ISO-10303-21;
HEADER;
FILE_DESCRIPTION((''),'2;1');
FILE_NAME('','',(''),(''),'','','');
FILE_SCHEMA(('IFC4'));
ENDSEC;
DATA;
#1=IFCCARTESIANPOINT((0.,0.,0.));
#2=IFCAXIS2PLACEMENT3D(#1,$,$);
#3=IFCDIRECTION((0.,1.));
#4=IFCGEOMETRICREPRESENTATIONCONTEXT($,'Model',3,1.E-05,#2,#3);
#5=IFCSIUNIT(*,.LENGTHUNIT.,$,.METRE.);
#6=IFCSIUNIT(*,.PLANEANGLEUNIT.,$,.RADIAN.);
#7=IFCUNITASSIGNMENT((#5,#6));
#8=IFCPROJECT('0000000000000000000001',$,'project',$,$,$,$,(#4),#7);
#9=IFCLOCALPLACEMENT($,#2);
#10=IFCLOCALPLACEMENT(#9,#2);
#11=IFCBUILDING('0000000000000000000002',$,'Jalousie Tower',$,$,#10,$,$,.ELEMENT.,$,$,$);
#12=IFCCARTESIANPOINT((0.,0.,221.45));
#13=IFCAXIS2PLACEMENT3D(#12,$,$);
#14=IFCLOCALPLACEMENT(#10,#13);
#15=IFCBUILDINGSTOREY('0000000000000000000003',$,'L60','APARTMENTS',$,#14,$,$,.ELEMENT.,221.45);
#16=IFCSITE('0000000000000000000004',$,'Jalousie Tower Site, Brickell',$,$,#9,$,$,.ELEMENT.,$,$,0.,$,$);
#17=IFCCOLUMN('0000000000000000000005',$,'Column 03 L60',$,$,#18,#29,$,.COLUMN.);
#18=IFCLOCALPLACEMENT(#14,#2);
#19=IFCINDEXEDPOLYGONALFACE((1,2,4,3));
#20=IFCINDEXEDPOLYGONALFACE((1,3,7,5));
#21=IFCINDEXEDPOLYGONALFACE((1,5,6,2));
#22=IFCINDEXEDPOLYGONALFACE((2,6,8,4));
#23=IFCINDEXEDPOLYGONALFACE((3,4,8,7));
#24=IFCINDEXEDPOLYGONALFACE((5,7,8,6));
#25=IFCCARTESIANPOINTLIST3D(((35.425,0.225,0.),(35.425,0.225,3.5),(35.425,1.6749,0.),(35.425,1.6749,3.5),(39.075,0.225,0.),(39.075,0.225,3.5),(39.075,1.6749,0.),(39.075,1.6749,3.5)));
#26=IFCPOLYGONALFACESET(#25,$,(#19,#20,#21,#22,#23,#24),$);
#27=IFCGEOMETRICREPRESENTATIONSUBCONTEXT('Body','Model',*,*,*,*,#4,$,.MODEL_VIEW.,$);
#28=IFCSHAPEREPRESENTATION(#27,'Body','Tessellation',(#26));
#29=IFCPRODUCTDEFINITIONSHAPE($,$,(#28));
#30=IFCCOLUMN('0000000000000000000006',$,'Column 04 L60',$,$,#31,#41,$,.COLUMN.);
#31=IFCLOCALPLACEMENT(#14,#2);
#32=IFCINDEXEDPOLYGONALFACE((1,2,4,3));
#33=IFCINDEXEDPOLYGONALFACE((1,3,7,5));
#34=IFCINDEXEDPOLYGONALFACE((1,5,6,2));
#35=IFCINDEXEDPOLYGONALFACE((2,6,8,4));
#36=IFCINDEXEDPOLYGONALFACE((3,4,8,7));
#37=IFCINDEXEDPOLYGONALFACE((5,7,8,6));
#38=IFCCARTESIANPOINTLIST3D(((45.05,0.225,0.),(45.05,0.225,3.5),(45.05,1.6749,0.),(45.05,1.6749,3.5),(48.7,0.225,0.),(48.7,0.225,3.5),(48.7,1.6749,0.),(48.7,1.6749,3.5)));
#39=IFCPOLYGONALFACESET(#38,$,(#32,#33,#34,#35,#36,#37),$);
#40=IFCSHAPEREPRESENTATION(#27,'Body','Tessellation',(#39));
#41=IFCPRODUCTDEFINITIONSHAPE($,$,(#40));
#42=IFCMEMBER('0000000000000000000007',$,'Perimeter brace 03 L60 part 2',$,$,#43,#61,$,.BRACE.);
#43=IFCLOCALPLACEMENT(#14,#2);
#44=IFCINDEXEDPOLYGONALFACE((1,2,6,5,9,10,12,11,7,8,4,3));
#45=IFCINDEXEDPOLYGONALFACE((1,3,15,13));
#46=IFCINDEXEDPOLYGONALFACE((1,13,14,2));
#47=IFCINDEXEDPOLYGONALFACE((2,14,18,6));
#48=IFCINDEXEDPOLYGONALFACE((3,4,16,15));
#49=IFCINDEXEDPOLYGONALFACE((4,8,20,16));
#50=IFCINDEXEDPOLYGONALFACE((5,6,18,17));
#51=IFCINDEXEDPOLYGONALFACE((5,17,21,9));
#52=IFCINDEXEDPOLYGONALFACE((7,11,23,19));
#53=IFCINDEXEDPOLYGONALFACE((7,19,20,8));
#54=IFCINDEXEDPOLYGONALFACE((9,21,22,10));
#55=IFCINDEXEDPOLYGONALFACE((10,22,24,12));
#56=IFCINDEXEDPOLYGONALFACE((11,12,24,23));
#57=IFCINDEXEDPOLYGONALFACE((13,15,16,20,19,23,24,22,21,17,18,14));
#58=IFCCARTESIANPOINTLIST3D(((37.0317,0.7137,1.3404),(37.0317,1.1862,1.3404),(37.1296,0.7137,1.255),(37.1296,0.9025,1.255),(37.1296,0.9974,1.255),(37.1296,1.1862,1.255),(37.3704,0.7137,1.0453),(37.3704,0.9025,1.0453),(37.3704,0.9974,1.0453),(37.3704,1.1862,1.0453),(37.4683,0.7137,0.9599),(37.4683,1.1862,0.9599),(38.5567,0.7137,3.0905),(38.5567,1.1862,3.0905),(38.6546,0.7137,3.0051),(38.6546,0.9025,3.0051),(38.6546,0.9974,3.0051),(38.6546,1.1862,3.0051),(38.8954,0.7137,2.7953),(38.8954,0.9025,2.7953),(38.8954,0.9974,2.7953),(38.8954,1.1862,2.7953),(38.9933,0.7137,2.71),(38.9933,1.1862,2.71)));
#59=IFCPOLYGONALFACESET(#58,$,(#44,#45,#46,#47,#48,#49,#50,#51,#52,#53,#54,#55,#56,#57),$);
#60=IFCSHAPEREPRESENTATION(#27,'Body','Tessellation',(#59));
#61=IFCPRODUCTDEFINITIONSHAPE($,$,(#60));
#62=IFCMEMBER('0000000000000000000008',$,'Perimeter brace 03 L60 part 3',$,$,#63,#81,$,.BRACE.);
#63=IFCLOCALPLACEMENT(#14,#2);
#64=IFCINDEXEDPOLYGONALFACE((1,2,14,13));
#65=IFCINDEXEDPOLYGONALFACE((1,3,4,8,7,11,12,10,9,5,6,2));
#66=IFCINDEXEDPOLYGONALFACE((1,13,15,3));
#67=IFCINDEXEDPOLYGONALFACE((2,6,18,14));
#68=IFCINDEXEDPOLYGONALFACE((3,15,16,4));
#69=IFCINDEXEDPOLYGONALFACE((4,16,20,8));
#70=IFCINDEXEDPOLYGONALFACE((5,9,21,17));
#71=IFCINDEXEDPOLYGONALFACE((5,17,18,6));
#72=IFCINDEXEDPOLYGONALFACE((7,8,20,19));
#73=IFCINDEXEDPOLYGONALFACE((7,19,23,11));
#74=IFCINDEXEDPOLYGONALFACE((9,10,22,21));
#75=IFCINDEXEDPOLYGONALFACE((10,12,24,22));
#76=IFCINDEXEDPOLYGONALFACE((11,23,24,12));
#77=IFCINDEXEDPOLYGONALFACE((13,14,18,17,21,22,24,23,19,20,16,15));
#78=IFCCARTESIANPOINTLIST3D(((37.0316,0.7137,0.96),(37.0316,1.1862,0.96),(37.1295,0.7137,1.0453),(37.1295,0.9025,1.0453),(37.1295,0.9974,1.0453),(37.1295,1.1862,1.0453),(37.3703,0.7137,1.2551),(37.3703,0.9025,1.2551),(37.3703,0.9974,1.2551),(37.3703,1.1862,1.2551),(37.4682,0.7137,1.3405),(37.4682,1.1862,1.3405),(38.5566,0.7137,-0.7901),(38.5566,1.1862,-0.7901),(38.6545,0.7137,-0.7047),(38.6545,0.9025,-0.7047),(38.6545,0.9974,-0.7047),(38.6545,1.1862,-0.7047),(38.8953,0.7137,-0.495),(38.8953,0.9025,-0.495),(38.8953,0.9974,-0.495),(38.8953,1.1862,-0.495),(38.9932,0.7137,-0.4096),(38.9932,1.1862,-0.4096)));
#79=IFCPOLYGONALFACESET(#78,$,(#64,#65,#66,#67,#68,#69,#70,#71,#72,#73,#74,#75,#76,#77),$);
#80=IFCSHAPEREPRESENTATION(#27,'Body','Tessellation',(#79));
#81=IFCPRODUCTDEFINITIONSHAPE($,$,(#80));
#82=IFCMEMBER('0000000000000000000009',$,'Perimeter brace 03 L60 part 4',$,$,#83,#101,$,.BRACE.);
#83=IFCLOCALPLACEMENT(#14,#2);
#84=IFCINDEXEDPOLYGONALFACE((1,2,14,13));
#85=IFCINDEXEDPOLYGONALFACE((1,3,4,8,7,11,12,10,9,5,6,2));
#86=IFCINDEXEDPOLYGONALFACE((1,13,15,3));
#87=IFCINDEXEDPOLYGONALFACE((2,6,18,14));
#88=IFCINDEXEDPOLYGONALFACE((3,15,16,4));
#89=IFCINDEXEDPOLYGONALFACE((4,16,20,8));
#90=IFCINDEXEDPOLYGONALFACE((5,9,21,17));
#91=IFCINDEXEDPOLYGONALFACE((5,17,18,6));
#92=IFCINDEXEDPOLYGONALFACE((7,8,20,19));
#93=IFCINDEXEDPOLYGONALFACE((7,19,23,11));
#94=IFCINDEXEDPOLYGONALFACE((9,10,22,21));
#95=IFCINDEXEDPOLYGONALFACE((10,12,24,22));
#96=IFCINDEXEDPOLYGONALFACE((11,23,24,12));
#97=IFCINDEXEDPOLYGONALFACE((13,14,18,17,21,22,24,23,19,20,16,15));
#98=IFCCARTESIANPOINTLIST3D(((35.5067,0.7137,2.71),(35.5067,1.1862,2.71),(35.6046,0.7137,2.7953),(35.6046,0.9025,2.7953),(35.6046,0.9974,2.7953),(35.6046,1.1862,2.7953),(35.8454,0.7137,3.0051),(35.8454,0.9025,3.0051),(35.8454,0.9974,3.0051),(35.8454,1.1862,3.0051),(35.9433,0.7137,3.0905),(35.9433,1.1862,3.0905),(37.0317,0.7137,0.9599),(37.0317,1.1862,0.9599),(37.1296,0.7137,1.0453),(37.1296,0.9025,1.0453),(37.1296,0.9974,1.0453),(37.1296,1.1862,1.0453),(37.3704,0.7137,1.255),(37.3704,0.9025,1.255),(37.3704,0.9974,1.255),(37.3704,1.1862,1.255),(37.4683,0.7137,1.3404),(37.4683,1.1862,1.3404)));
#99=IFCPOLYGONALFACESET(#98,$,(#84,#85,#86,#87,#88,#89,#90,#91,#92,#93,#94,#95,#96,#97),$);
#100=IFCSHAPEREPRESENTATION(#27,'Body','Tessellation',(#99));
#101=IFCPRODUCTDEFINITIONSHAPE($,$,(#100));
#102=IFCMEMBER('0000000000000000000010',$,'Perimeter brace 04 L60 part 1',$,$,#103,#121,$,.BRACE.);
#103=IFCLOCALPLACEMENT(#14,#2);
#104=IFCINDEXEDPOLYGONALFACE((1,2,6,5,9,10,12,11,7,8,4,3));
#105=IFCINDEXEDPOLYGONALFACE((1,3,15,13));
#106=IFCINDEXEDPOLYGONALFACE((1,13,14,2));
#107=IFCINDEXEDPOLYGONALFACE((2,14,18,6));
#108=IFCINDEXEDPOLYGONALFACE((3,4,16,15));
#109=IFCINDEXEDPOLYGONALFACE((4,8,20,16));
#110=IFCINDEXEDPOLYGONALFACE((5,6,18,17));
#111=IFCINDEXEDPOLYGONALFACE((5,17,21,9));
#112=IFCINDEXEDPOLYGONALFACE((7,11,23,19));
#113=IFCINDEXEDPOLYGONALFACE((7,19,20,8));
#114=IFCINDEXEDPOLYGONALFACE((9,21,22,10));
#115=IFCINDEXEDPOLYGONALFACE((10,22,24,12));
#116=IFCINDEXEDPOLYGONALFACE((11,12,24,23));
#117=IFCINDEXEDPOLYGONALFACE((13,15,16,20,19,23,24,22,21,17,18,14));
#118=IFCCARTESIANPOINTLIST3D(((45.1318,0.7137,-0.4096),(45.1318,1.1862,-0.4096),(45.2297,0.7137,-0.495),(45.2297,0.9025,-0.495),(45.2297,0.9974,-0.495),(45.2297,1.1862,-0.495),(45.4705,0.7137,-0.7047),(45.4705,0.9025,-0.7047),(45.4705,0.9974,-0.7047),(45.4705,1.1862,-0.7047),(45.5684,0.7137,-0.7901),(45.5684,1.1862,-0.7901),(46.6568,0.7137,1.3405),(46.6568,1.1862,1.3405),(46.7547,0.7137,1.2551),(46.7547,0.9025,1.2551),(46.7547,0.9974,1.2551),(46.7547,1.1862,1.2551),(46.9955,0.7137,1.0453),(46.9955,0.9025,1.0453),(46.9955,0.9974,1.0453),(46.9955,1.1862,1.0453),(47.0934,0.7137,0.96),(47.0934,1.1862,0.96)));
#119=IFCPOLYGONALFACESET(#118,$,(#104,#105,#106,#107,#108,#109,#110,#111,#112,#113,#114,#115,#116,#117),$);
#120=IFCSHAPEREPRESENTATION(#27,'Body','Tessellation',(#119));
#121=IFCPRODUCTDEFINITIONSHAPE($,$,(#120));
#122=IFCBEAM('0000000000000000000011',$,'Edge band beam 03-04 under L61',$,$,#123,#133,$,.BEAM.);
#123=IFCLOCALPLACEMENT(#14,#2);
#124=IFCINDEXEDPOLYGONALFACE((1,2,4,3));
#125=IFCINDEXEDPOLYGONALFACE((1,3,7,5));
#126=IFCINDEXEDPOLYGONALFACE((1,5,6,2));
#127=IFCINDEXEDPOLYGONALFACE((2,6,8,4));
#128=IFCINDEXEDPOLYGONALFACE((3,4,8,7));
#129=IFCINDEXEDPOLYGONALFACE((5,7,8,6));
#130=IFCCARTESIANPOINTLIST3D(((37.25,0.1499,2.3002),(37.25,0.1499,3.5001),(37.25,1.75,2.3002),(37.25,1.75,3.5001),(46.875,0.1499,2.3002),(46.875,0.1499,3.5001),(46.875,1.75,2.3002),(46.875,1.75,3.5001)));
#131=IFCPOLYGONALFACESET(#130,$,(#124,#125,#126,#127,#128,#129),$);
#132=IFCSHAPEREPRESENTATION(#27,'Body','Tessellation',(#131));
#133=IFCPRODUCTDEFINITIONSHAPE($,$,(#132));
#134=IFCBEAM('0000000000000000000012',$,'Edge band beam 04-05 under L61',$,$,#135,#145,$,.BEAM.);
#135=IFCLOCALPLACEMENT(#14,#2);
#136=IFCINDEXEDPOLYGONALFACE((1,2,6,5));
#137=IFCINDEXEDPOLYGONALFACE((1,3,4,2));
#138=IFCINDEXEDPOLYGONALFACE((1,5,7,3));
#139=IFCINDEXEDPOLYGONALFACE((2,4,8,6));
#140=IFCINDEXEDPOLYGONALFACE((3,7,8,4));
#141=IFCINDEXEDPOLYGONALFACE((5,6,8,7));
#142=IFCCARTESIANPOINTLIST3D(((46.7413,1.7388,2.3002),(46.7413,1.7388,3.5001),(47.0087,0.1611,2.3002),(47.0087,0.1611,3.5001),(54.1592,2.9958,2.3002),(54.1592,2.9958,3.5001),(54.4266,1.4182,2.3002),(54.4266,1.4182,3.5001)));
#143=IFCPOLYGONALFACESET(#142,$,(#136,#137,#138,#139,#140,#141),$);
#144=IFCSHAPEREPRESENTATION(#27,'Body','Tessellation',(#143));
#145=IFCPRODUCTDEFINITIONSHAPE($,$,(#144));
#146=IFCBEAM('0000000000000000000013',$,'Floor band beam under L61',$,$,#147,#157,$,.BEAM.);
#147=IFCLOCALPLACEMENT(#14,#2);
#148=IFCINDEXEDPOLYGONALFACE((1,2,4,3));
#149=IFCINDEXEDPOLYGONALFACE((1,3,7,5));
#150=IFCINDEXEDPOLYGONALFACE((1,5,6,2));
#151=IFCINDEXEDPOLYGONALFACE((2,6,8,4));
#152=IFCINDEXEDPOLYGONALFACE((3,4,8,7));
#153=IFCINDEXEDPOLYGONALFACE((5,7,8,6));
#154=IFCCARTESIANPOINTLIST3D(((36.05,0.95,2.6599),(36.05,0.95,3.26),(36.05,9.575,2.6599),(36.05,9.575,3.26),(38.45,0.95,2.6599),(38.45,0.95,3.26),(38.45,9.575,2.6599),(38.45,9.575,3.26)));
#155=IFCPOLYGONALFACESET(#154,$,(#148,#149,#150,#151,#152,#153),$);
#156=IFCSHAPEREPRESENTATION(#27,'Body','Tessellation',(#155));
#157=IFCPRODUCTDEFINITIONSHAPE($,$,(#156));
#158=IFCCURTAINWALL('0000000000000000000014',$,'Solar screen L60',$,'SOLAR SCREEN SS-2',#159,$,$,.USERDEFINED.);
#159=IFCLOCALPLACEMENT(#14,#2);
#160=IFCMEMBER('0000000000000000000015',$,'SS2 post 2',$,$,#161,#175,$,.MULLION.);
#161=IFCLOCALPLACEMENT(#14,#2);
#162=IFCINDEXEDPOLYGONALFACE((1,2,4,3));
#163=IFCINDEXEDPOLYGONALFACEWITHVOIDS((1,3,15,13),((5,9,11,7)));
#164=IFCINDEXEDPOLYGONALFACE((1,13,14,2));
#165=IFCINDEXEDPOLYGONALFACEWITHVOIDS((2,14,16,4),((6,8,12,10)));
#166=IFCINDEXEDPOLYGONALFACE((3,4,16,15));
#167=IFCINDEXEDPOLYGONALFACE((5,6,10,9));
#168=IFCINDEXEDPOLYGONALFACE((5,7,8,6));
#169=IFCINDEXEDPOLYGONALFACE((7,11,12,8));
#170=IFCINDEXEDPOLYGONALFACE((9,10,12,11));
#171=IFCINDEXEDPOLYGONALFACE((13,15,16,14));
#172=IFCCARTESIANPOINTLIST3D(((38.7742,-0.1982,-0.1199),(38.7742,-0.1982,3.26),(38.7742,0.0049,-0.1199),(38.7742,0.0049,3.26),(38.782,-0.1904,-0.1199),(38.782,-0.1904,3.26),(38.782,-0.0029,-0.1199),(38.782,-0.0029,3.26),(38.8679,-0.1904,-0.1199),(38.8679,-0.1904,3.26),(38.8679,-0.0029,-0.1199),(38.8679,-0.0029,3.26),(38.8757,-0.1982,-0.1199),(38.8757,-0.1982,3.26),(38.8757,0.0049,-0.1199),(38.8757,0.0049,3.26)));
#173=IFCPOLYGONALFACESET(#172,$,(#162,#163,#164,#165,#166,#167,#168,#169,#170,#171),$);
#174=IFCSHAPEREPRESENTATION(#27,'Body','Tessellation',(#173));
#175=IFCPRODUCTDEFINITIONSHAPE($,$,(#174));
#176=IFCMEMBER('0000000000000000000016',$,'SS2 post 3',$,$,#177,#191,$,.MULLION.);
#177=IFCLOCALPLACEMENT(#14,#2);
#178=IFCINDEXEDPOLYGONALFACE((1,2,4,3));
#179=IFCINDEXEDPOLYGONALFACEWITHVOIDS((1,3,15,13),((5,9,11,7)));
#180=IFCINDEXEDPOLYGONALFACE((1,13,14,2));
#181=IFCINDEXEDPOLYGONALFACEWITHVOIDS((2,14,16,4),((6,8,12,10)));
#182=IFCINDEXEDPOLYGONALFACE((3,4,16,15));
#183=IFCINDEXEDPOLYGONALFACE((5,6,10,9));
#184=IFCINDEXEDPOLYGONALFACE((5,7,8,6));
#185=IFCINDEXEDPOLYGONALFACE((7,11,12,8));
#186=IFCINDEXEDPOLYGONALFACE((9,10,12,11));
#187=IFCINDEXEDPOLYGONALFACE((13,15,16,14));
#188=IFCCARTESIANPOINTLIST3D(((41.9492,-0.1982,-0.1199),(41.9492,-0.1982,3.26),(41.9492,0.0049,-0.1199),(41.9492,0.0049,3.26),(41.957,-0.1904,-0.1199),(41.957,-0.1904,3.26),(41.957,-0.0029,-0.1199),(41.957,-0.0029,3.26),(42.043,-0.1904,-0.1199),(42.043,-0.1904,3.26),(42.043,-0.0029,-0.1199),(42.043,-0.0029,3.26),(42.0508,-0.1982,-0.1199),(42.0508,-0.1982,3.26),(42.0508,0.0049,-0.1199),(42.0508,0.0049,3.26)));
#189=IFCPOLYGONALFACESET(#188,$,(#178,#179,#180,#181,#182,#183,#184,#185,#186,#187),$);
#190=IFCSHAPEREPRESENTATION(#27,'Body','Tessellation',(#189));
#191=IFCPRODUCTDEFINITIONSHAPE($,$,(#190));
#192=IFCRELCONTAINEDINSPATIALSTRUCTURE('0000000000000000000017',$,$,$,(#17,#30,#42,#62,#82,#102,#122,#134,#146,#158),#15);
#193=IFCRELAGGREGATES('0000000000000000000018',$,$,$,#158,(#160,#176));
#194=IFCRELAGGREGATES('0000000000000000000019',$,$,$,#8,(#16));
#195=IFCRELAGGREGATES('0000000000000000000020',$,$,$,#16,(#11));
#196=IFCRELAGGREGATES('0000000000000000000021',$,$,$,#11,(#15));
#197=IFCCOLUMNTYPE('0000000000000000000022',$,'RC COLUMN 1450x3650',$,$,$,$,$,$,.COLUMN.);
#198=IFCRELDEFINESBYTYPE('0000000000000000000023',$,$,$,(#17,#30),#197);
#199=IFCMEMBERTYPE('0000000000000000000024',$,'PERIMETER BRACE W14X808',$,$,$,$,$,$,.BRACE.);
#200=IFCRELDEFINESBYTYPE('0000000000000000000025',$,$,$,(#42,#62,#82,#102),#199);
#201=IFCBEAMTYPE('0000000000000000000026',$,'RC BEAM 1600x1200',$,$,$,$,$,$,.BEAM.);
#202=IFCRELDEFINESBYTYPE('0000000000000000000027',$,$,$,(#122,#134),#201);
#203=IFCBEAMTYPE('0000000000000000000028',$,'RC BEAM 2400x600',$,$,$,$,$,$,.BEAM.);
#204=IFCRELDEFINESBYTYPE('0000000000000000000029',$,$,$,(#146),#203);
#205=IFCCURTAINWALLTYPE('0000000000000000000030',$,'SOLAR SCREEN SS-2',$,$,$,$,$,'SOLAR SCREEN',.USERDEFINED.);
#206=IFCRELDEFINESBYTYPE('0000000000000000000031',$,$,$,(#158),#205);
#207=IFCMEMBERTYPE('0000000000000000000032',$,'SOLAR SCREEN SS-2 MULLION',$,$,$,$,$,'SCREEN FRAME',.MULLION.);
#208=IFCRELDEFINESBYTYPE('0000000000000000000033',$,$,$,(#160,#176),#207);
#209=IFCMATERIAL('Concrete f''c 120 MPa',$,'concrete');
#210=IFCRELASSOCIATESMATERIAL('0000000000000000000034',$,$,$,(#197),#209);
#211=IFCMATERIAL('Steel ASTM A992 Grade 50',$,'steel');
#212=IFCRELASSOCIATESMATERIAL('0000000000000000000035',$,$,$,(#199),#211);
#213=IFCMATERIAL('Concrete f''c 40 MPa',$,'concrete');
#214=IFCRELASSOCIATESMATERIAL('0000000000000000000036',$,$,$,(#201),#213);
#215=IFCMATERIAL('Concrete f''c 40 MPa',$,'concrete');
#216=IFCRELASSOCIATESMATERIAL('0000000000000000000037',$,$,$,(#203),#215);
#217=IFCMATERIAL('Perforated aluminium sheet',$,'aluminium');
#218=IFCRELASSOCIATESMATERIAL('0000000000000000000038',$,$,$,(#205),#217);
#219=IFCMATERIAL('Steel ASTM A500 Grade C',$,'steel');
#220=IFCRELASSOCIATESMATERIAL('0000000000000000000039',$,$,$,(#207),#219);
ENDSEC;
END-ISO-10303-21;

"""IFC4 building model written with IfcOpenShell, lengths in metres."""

from ifc_helpers import new_model, si_unit, direction, frame, origin, origin_2d, place, context, subcontext, project, spatial, rectangle, hollow_rectangle, i_section, extrude, material, material_profile, profile_set, type_object, element, aggregate, save


model = new_model("IFC4")

# Units and contexts
model_context = context("Model", 3, precision=1e-05, world=origin(), true_north=direction((0.0, 1.0)))
body_context = subcontext(model_context, "Body", "Model", "MODEL_VIEW")
ifc_project = project(units=[si_unit("LENGTHUNIT", "METRE"), si_unit("PLANEANGLEUNIT", "RADIAN")], contexts=[model_context])

# Site, building, storey
site_placement = place(None, origin())
site = spatial("IfcSite", under=ifc_project, at=site_placement, Name="Jalousie Tower Site, Brickell", CompositionType="ELEMENT", RefElevation=0.0)
building_placement = place(site_placement, origin())
building = spatial("IfcBuilding", under=site, at=building_placement, Name="Jalousie Tower", CompositionType="ELEMENT")
storey_placement = place(building_placement, frame((0.0, 0.0, 221.45)))
storey = spatial("IfcBuildingStorey", under=building, at=storey_placement, Name="L60", Description="APARTMENTS", CompositionType="ELEMENT", Elevation=221.45)

# Columns
ifc_material_1 = material(Name="Concrete f'c 120 MPa", Category="concrete")
ifc_material_profile_1 = material_profile(ifc_material_1, rectangle(XDim=1.45, YDim=3.6499, at=origin_2d()), Name="RC 1450x3650")
ifc_profile_set_1 = profile_set([ifc_material_profile_1], Name="Concrete f'c 120 MPa")
column_type = type_object("IfcColumnType", Name="RC COLUMN 1450x3650", PredefinedType="COLUMN", material=ifc_profile_set_1)
for number, where, z_axis, x_axis, name in (
    (1, (37.25, 0.95, 0.0), (0.0, 0.0, 1.0), (0.0, 1.0, 0.0), "Column 03 L60"),
    (2, (46.875, 0.95, 0.0), (0.0, 0.0, 1.0), (0.0, 1.0, 0.0), "Column 04 L60"),
):
    element("IfcColumn", number, at=place(storey_placement, frame(where, z_axis=z_axis, x_axis=x_axis)), inside=storey, type_object=column_type, Name=name, PredefinedType="COLUMN", context=body_context, shape_type="SweptSolid", body=[
        extrude(rectangle(XDim=1.45, YDim=3.6499, at=origin_2d()), origin(), (0.0, 0.0, 1.0), 3.5),
    ])

# Members
ifc_material_2 = material(Name="Steel ASTM A992 Grade 50", Category="steel")
ifc_material_profile_2 = material_profile(ifc_material_2, i_section(OverallWidth=0.4724, OverallDepth=0.5791, WebThickness=0.095, FlangeThickness=0.1299, at=origin_2d()), Name="W14X808")
ifc_profile_set_2 = profile_set([ifc_material_profile_2], Name="Steel ASTM A992 Grade 50")
member_type_1 = type_object("IfcMemberType", Name="PERIMETER BRACE W14X808", PredefinedType="BRACE", material=ifc_profile_set_2)
for number, where, z_axis, x_axis, name in (
    (3, (37.25, 0.95, 1.1501), (0.656954, 0.0, 0.75393), (0.0, 1.0, 0.0), "Perimeter brace 03 L60 part 2"),
    (4, (38.7749, 0.95, -0.5999), (-0.656954, 0.0, 0.75393), (0.0, -1.0, 0.0), "Perimeter brace 03 L60 part 3"),
    (5, (37.25, 0.95, 1.1501), (-0.656954, 0.0, 0.75393), (0.0, -1.0, 0.0), "Perimeter brace 03 L60 part 4"),
    (6, (45.3501, 0.95, -0.5999), (0.656954, 0.0, 0.75393), (0.0, 1.0, 0.0), "Perimeter brace 04 L60 part 1"),
):
    element("IfcMember", number, at=place(storey_placement, frame(where, z_axis=z_axis, x_axis=x_axis)), inside=storey, type_object=member_type_1, Name=name, PredefinedType="BRACE", context=body_context, shape_type="SweptSolid", body=[
        extrude(i_section(OverallWidth=0.4724, OverallDepth=0.5791, WebThickness=0.095, FlangeThickness=0.1299, at=origin_2d()), origin(), (0.0, 0.0, 1.0), 2.3213),
    ])

# Beams
ifc_material_3 = material(Name="Concrete f'c 40 MPa", Category="concrete")
ifc_material_profile_3 = material_profile(ifc_material_3, rectangle(XDim=1.6001, YDim=1.2, at=origin_2d()), Name="RC 1600x1200")
ifc_profile_set_3 = profile_set([ifc_material_profile_3], Name="Concrete f'c 40 MPa")
beam_type_1 = type_object("IfcBeamType", Name="RC BEAM 1600x1200", PredefinedType="BEAM", material=ifc_profile_set_3)
beam_1_placement = place(storey_placement, frame((37.25, 0.95, 2.9001), z_axis=(1.0, 0.0, 0.0), x_axis=(0.0, 1.0, 0.0)))
element("IfcBeam", 7, at=beam_1_placement, inside=storey, type_object=beam_type_1, Name="Edge band beam 03-04 under L61", PredefinedType="BEAM", context=body_context, shape_type="SweptSolid", body=[
    extrude(rectangle(XDim=1.6001, YDim=1.2, at=origin_2d()), origin(), (0.0, 0.0, 1.0), 9.625),
])
beam_2_placement = place(storey_placement, frame((46.875, 0.95, 2.9001), z_axis=(0.985943, 0.167082, 0.0), x_axis=(-0.167082, 0.985943, 0.0)))
element("IfcBeam", 8, at=beam_2_placement, inside=storey, type_object=beam_type_1, Name="Edge band beam 04-05 under L61", PredefinedType="BEAM", context=body_context, shape_type="SweptSolid", body=[
    extrude(rectangle(XDim=1.6001, YDim=1.2, at=origin_2d()), origin(), (0.0, 0.0, 1.0), 7.5237),
])
ifc_material_4 = material(Name="Concrete f'c 40 MPa", Category="concrete")
ifc_material_profile_4 = material_profile(ifc_material_4, rectangle(XDim=2.3999, YDim=0.6001, at=origin_2d()), Name="RC 2400x600")
ifc_profile_set_4 = profile_set([ifc_material_profile_4], Name="Concrete f'c 40 MPa")
beam_type_2 = type_object("IfcBeamType", Name="RC BEAM 2400x600", PredefinedType="BEAM", material=ifc_profile_set_4)
beam_3_placement = place(storey_placement, frame((37.25, 0.95, 2.96), z_axis=(0.0, 1.0, 0.0), x_axis=(-1.0, 0.0, 0.0)))
element("IfcBeam", 9, at=beam_3_placement, inside=storey, type_object=beam_type_2, Name="Floor band beam under L61", PredefinedType="BEAM", context=body_context, shape_type="SweptSolid", body=[
    extrude(rectangle(XDim=2.3999, YDim=0.6001, at=origin_2d()), origin(), (0.0, 0.0, 1.0), 8.625),
])

# Curtain wall, members
ifc_material_5 = material(Name="Perforated aluminium sheet", Category="aluminium")
curtain_wall_type = type_object("IfcCurtainWallType", Name="SOLAR SCREEN SS-2", ElementType="SOLAR SCREEN", PredefinedType="USERDEFINED", material=ifc_material_5)
curtain_wall_1_placement = place(storey_placement, origin())
curtain_wall_1 = element("IfcCurtainWall", 10, at=curtain_wall_1_placement, inside=storey, type_object=curtain_wall_type, Name="Solar screen L60", ObjectType="SOLAR SCREEN SS-2", PredefinedType="USERDEFINED")
ifc_material_6 = material(Name="Steel ASTM A500 Grade C", Category="steel")
ifc_material_profile_5 = material_profile(ifc_material_6, hollow_rectangle(XDim=0.1016, YDim=0.2031, WallThickness=0.0078, at=origin_2d()), Name="HSS8X4X5/16")
ifc_profile_set_5 = profile_set([ifc_material_profile_5], Name="Steel ASTM A500 Grade C")
member_type_2 = type_object("IfcMemberType", Name="SOLAR SCREEN SS-2 MULLION", ElementType="SCREEN FRAME", PredefinedType="MULLION", material=ifc_profile_set_5)
member_1_placement = place(storey_placement, frame((38.825, -0.0967, -0.1199), z_axis=(0.0, 0.0, 1.0), x_axis=(1.0, 0.0, 0.0)))
member_1 = element("IfcMember", 11, at=member_1_placement, type_object=member_type_2, Name="SS2 post 2", PredefinedType="MULLION", context=body_context, shape_type="SweptSolid", body=[
    extrude(hollow_rectangle(XDim=0.1016, YDim=0.2031, WallThickness=0.0078, at=origin_2d()), origin(), (0.0, 0.0, 1.0), 3.3799),
])
member_2_placement = place(storey_placement, frame((42.0, -0.0967, -0.1199), z_axis=(0.0, 0.0, 1.0), x_axis=(1.0, 0.0, 0.0)))
member_2 = element("IfcMember", 12, at=member_2_placement, type_object=member_type_2, Name="SS2 post 3", PredefinedType="MULLION", context=body_context, shape_type="SweptSolid", body=[
    extrude(hollow_rectangle(XDim=0.1016, YDim=0.2031, WallThickness=0.0078, at=origin_2d()), origin(), (0.0, 0.0, 1.0), 3.3799),
])

aggregate(curtain_wall_1, [member_1, member_2])

save(model, "model.ifc")
